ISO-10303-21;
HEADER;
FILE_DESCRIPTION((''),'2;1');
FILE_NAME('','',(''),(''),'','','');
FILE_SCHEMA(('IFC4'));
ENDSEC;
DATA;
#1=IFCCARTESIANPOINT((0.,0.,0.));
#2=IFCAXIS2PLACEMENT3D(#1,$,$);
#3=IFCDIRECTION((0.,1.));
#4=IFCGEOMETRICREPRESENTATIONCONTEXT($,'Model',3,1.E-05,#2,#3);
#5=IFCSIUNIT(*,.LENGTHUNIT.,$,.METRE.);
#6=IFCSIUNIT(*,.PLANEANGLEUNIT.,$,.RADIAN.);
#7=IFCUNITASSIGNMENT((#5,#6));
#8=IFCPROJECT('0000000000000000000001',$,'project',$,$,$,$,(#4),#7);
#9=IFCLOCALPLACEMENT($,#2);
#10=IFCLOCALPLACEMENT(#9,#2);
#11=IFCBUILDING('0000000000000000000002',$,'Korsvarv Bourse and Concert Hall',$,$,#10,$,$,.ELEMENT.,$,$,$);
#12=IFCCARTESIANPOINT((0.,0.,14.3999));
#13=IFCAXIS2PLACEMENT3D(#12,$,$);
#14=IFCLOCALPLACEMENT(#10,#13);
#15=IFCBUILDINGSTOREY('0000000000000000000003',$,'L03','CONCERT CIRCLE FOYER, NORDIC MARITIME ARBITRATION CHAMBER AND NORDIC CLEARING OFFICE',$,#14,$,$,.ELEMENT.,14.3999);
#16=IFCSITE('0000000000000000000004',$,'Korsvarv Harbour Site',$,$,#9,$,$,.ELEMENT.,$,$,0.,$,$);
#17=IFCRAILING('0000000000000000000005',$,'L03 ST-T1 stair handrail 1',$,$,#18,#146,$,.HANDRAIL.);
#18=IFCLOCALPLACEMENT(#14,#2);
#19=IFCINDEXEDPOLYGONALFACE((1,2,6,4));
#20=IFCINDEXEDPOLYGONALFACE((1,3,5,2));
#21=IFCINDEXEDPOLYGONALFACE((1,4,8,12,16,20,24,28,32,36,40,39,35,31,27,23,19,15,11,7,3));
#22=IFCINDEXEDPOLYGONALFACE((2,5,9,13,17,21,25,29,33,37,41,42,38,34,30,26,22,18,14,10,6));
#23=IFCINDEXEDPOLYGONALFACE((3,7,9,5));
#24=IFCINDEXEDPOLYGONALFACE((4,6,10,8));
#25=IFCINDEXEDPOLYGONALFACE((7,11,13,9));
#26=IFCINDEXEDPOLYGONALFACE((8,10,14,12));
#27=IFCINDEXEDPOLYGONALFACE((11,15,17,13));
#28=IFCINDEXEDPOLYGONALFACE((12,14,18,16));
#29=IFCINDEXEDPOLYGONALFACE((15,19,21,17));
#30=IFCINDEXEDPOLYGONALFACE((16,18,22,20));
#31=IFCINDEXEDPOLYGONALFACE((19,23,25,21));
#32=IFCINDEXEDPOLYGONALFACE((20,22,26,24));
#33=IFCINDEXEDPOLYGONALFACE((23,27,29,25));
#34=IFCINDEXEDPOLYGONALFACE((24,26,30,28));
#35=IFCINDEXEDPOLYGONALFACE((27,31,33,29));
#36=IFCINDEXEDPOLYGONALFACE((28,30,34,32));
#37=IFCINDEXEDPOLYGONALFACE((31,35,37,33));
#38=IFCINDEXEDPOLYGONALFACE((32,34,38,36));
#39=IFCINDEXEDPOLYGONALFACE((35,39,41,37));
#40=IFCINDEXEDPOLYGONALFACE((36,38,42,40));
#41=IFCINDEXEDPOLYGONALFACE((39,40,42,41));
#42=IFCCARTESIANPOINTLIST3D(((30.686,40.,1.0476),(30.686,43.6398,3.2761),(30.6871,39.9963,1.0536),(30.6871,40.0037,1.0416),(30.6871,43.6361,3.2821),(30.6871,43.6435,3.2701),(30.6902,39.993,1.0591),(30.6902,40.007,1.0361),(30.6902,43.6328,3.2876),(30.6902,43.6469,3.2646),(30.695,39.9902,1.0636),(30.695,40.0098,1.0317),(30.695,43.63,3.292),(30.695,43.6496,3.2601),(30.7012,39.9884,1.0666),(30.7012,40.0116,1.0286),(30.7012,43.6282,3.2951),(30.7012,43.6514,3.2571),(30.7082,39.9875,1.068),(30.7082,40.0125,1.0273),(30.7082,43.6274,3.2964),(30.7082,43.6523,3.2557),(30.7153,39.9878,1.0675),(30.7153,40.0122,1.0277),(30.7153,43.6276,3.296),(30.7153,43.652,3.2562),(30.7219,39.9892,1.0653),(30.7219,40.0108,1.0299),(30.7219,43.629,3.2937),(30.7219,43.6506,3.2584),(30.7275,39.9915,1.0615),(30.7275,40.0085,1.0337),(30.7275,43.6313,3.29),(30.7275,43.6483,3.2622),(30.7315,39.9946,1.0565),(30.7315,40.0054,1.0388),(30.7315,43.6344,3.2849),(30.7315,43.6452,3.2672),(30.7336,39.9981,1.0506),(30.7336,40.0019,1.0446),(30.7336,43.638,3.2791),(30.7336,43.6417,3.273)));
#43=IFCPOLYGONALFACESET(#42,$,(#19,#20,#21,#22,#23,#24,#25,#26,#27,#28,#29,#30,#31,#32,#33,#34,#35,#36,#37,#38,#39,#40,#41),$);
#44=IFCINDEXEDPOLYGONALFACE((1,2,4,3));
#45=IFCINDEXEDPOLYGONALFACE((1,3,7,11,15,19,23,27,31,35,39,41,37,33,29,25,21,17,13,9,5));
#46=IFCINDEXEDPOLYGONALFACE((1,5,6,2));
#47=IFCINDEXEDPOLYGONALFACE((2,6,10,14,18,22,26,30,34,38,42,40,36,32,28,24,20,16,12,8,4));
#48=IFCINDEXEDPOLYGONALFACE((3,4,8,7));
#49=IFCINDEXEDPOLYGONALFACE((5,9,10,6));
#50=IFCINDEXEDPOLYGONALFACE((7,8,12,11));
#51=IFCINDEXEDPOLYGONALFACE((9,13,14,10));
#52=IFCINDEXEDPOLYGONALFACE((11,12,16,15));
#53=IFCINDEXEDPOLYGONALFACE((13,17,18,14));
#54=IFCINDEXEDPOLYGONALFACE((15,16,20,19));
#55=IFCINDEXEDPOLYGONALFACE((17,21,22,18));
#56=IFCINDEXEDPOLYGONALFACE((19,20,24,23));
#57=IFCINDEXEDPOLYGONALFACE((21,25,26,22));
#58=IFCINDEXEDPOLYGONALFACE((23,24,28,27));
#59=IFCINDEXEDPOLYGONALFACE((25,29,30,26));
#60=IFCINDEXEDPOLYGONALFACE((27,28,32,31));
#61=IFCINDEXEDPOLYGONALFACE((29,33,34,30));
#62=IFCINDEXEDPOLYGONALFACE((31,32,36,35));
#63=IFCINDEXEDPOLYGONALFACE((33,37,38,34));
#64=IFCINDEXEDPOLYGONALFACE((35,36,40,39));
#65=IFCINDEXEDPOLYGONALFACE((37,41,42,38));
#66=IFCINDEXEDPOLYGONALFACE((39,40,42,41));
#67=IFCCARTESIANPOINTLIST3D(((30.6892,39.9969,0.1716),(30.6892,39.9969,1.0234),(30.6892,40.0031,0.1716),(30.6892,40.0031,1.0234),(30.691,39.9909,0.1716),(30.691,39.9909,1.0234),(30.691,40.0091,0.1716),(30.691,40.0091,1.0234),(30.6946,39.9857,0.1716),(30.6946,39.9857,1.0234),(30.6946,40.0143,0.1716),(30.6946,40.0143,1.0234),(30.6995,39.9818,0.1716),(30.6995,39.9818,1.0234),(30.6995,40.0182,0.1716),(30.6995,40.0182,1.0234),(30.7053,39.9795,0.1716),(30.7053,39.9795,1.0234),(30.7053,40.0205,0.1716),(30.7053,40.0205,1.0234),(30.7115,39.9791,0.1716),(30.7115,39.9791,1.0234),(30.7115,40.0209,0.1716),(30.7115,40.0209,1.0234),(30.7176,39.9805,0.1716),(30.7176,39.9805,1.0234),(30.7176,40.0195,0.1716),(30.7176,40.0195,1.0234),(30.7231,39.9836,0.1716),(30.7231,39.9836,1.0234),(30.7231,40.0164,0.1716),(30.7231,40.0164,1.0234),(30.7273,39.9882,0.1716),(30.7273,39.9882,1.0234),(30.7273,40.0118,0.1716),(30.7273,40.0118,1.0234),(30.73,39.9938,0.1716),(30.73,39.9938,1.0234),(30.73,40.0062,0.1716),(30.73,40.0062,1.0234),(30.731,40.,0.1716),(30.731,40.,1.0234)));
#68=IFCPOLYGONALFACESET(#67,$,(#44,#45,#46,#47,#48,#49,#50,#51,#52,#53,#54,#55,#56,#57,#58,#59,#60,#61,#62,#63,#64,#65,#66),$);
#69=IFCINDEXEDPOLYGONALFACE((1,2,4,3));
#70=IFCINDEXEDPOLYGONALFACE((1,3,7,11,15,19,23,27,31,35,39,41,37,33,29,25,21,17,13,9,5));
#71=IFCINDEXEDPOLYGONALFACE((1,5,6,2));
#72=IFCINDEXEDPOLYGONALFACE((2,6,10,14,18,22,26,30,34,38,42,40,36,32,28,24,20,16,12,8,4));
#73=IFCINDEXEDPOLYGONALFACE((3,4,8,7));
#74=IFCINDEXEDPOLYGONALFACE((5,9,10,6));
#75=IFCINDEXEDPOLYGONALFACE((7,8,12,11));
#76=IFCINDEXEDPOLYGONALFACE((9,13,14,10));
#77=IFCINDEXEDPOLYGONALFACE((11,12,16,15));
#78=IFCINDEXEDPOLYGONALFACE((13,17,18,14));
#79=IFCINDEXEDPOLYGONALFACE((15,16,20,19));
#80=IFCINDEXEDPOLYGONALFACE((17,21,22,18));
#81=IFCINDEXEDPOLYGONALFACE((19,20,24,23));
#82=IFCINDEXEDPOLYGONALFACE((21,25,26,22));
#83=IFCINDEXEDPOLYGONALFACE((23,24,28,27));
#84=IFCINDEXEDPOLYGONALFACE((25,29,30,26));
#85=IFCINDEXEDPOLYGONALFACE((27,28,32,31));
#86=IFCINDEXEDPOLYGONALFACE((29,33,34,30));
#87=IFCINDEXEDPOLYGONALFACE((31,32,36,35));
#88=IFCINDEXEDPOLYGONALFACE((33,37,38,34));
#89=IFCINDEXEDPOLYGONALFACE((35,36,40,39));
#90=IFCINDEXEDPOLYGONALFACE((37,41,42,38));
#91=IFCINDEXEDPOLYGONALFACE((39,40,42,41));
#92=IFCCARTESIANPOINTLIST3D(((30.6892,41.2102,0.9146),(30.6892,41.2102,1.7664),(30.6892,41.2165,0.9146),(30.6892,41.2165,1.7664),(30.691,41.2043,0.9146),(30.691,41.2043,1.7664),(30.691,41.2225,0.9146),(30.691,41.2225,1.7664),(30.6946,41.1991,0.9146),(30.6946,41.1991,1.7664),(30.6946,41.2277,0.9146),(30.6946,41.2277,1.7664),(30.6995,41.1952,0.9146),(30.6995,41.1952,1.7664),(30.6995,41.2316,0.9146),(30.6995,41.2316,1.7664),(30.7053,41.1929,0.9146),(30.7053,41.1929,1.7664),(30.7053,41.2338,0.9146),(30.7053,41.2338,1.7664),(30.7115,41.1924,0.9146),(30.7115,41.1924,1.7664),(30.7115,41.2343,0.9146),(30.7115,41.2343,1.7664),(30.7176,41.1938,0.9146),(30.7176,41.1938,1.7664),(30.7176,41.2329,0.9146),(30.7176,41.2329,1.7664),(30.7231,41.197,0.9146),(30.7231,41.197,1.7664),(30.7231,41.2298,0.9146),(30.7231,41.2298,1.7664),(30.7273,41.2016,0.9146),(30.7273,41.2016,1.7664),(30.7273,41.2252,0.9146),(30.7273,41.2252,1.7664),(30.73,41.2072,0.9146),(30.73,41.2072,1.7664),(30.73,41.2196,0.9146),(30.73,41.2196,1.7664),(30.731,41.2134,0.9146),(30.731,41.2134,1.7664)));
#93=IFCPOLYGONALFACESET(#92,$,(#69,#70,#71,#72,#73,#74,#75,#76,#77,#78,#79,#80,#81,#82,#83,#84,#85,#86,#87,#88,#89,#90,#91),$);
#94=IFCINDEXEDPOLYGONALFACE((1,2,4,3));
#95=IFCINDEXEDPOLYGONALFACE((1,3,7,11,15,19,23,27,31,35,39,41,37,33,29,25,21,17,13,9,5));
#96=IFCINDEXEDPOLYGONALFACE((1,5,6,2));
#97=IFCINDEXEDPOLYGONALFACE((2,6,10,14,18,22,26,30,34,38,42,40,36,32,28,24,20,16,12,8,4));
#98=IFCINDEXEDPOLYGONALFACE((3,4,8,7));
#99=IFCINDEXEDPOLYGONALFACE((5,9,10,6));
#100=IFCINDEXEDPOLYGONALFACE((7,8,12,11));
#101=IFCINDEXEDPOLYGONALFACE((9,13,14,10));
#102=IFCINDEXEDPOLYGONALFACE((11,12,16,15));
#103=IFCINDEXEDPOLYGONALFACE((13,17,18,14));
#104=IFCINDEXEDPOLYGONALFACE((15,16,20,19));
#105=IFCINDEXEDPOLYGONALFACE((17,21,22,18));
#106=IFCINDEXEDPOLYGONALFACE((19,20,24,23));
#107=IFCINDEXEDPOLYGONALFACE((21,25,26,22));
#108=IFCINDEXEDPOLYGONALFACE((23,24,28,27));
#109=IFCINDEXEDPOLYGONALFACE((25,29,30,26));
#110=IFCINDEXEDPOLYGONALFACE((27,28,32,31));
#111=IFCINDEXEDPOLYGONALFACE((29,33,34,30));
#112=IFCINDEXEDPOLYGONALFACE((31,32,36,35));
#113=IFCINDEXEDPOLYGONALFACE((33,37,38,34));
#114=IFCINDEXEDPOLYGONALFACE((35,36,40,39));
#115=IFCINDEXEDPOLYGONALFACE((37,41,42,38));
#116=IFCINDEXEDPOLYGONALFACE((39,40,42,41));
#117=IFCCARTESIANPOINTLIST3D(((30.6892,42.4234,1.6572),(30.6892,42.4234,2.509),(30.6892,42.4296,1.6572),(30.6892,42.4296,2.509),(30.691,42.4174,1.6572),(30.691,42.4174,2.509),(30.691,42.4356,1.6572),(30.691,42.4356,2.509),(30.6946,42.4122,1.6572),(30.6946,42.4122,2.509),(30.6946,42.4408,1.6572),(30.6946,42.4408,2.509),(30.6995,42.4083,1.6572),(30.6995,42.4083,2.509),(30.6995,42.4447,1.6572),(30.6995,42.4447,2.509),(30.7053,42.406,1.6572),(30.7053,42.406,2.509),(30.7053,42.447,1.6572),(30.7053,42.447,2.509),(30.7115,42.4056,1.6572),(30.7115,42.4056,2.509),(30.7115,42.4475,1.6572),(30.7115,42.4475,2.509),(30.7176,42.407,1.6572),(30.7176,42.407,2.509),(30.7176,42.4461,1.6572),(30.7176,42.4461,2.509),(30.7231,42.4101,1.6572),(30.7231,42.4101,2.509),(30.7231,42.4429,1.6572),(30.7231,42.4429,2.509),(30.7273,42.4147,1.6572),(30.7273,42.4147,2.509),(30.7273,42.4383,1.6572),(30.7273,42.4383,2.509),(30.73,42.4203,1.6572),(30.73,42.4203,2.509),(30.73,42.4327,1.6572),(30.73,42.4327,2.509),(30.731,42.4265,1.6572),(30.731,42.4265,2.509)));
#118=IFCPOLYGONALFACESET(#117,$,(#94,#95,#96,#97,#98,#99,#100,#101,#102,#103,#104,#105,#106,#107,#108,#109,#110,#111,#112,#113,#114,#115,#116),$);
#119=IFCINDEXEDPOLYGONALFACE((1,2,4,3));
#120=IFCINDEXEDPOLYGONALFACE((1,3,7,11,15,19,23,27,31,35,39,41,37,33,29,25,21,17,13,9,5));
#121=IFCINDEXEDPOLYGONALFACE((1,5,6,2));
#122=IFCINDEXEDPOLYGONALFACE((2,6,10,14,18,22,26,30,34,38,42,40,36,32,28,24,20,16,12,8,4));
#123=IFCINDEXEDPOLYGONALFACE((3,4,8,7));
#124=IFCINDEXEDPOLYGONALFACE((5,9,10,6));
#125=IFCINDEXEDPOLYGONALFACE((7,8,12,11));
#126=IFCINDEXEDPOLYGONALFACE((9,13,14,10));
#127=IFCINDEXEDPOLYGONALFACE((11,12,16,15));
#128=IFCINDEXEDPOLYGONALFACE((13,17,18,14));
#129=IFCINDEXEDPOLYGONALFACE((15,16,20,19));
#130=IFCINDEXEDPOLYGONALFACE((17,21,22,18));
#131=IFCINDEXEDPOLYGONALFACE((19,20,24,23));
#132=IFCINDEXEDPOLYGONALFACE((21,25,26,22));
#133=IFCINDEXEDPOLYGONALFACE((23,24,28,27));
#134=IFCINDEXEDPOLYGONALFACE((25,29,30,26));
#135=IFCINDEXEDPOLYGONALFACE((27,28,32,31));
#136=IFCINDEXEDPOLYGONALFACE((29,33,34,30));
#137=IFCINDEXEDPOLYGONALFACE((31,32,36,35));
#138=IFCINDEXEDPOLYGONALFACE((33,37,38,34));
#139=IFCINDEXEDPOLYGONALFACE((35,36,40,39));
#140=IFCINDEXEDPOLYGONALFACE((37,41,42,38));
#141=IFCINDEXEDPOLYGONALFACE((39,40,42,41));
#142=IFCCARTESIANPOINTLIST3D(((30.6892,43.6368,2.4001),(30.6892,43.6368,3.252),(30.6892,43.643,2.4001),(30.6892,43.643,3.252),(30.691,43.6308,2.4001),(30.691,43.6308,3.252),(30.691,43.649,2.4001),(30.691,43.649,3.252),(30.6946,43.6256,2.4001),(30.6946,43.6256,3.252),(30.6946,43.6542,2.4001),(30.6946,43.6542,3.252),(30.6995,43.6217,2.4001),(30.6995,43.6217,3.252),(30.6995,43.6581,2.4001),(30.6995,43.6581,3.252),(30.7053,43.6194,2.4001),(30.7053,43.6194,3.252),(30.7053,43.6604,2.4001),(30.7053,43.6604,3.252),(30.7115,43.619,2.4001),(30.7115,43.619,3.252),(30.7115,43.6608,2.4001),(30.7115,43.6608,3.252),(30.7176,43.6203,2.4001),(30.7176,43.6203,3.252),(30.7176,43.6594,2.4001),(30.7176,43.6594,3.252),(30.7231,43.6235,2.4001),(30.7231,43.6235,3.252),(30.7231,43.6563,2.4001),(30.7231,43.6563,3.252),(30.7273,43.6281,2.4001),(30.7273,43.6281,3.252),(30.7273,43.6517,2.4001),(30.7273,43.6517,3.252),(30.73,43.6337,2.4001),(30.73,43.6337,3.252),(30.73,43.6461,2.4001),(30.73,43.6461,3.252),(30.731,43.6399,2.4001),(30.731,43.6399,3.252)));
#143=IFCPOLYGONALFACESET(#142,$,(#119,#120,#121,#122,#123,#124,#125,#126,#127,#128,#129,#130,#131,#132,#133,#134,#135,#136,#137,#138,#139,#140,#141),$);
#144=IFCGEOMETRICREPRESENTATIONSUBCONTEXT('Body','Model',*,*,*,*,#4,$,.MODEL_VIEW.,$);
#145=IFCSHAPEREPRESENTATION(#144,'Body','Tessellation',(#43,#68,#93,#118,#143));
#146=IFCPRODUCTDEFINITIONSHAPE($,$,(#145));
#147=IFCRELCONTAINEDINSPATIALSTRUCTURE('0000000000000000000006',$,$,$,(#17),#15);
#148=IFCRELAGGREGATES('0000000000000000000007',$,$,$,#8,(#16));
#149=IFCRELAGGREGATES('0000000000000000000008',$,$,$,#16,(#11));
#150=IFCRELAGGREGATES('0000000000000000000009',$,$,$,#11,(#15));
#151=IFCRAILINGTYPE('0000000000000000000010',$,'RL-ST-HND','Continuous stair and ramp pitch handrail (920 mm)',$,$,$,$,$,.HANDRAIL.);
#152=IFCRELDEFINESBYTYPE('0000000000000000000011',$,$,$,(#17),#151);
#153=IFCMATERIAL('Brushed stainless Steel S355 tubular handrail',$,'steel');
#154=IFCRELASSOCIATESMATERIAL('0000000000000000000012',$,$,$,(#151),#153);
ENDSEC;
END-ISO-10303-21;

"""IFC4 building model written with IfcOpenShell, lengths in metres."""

from ifc_helpers import new_model, si_unit, direction, frame, origin, origin_2d, place, context, subcontext, project, spatial, circle, extrude, material, type_object, element, save


model = new_model("IFC4")

# Units and contexts
model_context = context("Model", 3, precision=1e-05, world=origin(), true_north=direction((0.0, 1.0)))
body_context = subcontext(model_context, "Body", "Model", "MODEL_VIEW")
ifc_project = project(units=[si_unit("LENGTHUNIT", "METRE"), si_unit("PLANEANGLEUNIT", "RADIAN")], contexts=[model_context])

# Site, building, storey
site_placement = place(None, origin())
site = spatial("IfcSite", under=ifc_project, at=site_placement, Name="Korsvarv Harbour Site", CompositionType="ELEMENT", RefElevation=0.0)
building_placement = place(site_placement, origin())
building = spatial("IfcBuilding", under=site, at=building_placement, Name="Korsvarv Bourse and Concert Hall", CompositionType="ELEMENT")
storey_placement = place(building_placement, frame((0.0, 0.0, 14.3999)))
storey = spatial("IfcBuildingStorey", under=building, at=storey_placement, Name="L03", Description="CONCERT CIRCLE FOYER, NORDIC MARITIME ARBITRATION CHAMBER AND NORDIC CLEARING OFFICE", CompositionType="ELEMENT", Elevation=14.3999)

# Railing
ifc_material_1 = material(Name="Brushed stainless Steel S355 tubular handrail", Category="steel")
railing_type_1 = type_object("IfcRailingType", Name="RL-ST-HND", Description="Continuous stair and ramp pitch handrail (920 mm)", PredefinedType="HANDRAIL", material=ifc_material_1)
railing_1_placement = place(storey_placement, frame((30.71, 40.0, 0.1716)))
element("IfcRailing", 1, at=railing_1_placement, inside=storey, type_object=railing_type_1, Name="L03 ST-T1 stair handrail 1", PredefinedType="HANDRAIL", context=body_context, shape_type="SweptSolid", body=[
    extrude(circle(Radius=0.0239, at=origin_2d()), frame((0.0, 0.0, 0.876), z_axis=(0.0, 0.85285, 0.522156), x_axis=(-1.0, 0.0, 0.0)), (0.0, 0.0, 1.0), 4.2678),
    extrude(circle(Radius=0.021, at=origin_2d()), origin(), (0.0, 0.0, 1.0), 0.8518),
    extrude(circle(Radius=0.021, at=origin_2d()), frame((0.0, 1.2134, 0.7429)), (0.0, 0.0, 1.0), 0.8518),
    extrude(circle(Radius=0.021, at=origin_2d()), frame((0.0, 2.4265, 1.4856)), (0.0, 0.0, 1.0), 0.8518),
    extrude(circle(Radius=0.021, at=origin_2d()), frame((0.0, 3.6399, 2.2285)), (0.0, 0.0, 1.0), 0.8518),
])

save(model, "model.ifc")
